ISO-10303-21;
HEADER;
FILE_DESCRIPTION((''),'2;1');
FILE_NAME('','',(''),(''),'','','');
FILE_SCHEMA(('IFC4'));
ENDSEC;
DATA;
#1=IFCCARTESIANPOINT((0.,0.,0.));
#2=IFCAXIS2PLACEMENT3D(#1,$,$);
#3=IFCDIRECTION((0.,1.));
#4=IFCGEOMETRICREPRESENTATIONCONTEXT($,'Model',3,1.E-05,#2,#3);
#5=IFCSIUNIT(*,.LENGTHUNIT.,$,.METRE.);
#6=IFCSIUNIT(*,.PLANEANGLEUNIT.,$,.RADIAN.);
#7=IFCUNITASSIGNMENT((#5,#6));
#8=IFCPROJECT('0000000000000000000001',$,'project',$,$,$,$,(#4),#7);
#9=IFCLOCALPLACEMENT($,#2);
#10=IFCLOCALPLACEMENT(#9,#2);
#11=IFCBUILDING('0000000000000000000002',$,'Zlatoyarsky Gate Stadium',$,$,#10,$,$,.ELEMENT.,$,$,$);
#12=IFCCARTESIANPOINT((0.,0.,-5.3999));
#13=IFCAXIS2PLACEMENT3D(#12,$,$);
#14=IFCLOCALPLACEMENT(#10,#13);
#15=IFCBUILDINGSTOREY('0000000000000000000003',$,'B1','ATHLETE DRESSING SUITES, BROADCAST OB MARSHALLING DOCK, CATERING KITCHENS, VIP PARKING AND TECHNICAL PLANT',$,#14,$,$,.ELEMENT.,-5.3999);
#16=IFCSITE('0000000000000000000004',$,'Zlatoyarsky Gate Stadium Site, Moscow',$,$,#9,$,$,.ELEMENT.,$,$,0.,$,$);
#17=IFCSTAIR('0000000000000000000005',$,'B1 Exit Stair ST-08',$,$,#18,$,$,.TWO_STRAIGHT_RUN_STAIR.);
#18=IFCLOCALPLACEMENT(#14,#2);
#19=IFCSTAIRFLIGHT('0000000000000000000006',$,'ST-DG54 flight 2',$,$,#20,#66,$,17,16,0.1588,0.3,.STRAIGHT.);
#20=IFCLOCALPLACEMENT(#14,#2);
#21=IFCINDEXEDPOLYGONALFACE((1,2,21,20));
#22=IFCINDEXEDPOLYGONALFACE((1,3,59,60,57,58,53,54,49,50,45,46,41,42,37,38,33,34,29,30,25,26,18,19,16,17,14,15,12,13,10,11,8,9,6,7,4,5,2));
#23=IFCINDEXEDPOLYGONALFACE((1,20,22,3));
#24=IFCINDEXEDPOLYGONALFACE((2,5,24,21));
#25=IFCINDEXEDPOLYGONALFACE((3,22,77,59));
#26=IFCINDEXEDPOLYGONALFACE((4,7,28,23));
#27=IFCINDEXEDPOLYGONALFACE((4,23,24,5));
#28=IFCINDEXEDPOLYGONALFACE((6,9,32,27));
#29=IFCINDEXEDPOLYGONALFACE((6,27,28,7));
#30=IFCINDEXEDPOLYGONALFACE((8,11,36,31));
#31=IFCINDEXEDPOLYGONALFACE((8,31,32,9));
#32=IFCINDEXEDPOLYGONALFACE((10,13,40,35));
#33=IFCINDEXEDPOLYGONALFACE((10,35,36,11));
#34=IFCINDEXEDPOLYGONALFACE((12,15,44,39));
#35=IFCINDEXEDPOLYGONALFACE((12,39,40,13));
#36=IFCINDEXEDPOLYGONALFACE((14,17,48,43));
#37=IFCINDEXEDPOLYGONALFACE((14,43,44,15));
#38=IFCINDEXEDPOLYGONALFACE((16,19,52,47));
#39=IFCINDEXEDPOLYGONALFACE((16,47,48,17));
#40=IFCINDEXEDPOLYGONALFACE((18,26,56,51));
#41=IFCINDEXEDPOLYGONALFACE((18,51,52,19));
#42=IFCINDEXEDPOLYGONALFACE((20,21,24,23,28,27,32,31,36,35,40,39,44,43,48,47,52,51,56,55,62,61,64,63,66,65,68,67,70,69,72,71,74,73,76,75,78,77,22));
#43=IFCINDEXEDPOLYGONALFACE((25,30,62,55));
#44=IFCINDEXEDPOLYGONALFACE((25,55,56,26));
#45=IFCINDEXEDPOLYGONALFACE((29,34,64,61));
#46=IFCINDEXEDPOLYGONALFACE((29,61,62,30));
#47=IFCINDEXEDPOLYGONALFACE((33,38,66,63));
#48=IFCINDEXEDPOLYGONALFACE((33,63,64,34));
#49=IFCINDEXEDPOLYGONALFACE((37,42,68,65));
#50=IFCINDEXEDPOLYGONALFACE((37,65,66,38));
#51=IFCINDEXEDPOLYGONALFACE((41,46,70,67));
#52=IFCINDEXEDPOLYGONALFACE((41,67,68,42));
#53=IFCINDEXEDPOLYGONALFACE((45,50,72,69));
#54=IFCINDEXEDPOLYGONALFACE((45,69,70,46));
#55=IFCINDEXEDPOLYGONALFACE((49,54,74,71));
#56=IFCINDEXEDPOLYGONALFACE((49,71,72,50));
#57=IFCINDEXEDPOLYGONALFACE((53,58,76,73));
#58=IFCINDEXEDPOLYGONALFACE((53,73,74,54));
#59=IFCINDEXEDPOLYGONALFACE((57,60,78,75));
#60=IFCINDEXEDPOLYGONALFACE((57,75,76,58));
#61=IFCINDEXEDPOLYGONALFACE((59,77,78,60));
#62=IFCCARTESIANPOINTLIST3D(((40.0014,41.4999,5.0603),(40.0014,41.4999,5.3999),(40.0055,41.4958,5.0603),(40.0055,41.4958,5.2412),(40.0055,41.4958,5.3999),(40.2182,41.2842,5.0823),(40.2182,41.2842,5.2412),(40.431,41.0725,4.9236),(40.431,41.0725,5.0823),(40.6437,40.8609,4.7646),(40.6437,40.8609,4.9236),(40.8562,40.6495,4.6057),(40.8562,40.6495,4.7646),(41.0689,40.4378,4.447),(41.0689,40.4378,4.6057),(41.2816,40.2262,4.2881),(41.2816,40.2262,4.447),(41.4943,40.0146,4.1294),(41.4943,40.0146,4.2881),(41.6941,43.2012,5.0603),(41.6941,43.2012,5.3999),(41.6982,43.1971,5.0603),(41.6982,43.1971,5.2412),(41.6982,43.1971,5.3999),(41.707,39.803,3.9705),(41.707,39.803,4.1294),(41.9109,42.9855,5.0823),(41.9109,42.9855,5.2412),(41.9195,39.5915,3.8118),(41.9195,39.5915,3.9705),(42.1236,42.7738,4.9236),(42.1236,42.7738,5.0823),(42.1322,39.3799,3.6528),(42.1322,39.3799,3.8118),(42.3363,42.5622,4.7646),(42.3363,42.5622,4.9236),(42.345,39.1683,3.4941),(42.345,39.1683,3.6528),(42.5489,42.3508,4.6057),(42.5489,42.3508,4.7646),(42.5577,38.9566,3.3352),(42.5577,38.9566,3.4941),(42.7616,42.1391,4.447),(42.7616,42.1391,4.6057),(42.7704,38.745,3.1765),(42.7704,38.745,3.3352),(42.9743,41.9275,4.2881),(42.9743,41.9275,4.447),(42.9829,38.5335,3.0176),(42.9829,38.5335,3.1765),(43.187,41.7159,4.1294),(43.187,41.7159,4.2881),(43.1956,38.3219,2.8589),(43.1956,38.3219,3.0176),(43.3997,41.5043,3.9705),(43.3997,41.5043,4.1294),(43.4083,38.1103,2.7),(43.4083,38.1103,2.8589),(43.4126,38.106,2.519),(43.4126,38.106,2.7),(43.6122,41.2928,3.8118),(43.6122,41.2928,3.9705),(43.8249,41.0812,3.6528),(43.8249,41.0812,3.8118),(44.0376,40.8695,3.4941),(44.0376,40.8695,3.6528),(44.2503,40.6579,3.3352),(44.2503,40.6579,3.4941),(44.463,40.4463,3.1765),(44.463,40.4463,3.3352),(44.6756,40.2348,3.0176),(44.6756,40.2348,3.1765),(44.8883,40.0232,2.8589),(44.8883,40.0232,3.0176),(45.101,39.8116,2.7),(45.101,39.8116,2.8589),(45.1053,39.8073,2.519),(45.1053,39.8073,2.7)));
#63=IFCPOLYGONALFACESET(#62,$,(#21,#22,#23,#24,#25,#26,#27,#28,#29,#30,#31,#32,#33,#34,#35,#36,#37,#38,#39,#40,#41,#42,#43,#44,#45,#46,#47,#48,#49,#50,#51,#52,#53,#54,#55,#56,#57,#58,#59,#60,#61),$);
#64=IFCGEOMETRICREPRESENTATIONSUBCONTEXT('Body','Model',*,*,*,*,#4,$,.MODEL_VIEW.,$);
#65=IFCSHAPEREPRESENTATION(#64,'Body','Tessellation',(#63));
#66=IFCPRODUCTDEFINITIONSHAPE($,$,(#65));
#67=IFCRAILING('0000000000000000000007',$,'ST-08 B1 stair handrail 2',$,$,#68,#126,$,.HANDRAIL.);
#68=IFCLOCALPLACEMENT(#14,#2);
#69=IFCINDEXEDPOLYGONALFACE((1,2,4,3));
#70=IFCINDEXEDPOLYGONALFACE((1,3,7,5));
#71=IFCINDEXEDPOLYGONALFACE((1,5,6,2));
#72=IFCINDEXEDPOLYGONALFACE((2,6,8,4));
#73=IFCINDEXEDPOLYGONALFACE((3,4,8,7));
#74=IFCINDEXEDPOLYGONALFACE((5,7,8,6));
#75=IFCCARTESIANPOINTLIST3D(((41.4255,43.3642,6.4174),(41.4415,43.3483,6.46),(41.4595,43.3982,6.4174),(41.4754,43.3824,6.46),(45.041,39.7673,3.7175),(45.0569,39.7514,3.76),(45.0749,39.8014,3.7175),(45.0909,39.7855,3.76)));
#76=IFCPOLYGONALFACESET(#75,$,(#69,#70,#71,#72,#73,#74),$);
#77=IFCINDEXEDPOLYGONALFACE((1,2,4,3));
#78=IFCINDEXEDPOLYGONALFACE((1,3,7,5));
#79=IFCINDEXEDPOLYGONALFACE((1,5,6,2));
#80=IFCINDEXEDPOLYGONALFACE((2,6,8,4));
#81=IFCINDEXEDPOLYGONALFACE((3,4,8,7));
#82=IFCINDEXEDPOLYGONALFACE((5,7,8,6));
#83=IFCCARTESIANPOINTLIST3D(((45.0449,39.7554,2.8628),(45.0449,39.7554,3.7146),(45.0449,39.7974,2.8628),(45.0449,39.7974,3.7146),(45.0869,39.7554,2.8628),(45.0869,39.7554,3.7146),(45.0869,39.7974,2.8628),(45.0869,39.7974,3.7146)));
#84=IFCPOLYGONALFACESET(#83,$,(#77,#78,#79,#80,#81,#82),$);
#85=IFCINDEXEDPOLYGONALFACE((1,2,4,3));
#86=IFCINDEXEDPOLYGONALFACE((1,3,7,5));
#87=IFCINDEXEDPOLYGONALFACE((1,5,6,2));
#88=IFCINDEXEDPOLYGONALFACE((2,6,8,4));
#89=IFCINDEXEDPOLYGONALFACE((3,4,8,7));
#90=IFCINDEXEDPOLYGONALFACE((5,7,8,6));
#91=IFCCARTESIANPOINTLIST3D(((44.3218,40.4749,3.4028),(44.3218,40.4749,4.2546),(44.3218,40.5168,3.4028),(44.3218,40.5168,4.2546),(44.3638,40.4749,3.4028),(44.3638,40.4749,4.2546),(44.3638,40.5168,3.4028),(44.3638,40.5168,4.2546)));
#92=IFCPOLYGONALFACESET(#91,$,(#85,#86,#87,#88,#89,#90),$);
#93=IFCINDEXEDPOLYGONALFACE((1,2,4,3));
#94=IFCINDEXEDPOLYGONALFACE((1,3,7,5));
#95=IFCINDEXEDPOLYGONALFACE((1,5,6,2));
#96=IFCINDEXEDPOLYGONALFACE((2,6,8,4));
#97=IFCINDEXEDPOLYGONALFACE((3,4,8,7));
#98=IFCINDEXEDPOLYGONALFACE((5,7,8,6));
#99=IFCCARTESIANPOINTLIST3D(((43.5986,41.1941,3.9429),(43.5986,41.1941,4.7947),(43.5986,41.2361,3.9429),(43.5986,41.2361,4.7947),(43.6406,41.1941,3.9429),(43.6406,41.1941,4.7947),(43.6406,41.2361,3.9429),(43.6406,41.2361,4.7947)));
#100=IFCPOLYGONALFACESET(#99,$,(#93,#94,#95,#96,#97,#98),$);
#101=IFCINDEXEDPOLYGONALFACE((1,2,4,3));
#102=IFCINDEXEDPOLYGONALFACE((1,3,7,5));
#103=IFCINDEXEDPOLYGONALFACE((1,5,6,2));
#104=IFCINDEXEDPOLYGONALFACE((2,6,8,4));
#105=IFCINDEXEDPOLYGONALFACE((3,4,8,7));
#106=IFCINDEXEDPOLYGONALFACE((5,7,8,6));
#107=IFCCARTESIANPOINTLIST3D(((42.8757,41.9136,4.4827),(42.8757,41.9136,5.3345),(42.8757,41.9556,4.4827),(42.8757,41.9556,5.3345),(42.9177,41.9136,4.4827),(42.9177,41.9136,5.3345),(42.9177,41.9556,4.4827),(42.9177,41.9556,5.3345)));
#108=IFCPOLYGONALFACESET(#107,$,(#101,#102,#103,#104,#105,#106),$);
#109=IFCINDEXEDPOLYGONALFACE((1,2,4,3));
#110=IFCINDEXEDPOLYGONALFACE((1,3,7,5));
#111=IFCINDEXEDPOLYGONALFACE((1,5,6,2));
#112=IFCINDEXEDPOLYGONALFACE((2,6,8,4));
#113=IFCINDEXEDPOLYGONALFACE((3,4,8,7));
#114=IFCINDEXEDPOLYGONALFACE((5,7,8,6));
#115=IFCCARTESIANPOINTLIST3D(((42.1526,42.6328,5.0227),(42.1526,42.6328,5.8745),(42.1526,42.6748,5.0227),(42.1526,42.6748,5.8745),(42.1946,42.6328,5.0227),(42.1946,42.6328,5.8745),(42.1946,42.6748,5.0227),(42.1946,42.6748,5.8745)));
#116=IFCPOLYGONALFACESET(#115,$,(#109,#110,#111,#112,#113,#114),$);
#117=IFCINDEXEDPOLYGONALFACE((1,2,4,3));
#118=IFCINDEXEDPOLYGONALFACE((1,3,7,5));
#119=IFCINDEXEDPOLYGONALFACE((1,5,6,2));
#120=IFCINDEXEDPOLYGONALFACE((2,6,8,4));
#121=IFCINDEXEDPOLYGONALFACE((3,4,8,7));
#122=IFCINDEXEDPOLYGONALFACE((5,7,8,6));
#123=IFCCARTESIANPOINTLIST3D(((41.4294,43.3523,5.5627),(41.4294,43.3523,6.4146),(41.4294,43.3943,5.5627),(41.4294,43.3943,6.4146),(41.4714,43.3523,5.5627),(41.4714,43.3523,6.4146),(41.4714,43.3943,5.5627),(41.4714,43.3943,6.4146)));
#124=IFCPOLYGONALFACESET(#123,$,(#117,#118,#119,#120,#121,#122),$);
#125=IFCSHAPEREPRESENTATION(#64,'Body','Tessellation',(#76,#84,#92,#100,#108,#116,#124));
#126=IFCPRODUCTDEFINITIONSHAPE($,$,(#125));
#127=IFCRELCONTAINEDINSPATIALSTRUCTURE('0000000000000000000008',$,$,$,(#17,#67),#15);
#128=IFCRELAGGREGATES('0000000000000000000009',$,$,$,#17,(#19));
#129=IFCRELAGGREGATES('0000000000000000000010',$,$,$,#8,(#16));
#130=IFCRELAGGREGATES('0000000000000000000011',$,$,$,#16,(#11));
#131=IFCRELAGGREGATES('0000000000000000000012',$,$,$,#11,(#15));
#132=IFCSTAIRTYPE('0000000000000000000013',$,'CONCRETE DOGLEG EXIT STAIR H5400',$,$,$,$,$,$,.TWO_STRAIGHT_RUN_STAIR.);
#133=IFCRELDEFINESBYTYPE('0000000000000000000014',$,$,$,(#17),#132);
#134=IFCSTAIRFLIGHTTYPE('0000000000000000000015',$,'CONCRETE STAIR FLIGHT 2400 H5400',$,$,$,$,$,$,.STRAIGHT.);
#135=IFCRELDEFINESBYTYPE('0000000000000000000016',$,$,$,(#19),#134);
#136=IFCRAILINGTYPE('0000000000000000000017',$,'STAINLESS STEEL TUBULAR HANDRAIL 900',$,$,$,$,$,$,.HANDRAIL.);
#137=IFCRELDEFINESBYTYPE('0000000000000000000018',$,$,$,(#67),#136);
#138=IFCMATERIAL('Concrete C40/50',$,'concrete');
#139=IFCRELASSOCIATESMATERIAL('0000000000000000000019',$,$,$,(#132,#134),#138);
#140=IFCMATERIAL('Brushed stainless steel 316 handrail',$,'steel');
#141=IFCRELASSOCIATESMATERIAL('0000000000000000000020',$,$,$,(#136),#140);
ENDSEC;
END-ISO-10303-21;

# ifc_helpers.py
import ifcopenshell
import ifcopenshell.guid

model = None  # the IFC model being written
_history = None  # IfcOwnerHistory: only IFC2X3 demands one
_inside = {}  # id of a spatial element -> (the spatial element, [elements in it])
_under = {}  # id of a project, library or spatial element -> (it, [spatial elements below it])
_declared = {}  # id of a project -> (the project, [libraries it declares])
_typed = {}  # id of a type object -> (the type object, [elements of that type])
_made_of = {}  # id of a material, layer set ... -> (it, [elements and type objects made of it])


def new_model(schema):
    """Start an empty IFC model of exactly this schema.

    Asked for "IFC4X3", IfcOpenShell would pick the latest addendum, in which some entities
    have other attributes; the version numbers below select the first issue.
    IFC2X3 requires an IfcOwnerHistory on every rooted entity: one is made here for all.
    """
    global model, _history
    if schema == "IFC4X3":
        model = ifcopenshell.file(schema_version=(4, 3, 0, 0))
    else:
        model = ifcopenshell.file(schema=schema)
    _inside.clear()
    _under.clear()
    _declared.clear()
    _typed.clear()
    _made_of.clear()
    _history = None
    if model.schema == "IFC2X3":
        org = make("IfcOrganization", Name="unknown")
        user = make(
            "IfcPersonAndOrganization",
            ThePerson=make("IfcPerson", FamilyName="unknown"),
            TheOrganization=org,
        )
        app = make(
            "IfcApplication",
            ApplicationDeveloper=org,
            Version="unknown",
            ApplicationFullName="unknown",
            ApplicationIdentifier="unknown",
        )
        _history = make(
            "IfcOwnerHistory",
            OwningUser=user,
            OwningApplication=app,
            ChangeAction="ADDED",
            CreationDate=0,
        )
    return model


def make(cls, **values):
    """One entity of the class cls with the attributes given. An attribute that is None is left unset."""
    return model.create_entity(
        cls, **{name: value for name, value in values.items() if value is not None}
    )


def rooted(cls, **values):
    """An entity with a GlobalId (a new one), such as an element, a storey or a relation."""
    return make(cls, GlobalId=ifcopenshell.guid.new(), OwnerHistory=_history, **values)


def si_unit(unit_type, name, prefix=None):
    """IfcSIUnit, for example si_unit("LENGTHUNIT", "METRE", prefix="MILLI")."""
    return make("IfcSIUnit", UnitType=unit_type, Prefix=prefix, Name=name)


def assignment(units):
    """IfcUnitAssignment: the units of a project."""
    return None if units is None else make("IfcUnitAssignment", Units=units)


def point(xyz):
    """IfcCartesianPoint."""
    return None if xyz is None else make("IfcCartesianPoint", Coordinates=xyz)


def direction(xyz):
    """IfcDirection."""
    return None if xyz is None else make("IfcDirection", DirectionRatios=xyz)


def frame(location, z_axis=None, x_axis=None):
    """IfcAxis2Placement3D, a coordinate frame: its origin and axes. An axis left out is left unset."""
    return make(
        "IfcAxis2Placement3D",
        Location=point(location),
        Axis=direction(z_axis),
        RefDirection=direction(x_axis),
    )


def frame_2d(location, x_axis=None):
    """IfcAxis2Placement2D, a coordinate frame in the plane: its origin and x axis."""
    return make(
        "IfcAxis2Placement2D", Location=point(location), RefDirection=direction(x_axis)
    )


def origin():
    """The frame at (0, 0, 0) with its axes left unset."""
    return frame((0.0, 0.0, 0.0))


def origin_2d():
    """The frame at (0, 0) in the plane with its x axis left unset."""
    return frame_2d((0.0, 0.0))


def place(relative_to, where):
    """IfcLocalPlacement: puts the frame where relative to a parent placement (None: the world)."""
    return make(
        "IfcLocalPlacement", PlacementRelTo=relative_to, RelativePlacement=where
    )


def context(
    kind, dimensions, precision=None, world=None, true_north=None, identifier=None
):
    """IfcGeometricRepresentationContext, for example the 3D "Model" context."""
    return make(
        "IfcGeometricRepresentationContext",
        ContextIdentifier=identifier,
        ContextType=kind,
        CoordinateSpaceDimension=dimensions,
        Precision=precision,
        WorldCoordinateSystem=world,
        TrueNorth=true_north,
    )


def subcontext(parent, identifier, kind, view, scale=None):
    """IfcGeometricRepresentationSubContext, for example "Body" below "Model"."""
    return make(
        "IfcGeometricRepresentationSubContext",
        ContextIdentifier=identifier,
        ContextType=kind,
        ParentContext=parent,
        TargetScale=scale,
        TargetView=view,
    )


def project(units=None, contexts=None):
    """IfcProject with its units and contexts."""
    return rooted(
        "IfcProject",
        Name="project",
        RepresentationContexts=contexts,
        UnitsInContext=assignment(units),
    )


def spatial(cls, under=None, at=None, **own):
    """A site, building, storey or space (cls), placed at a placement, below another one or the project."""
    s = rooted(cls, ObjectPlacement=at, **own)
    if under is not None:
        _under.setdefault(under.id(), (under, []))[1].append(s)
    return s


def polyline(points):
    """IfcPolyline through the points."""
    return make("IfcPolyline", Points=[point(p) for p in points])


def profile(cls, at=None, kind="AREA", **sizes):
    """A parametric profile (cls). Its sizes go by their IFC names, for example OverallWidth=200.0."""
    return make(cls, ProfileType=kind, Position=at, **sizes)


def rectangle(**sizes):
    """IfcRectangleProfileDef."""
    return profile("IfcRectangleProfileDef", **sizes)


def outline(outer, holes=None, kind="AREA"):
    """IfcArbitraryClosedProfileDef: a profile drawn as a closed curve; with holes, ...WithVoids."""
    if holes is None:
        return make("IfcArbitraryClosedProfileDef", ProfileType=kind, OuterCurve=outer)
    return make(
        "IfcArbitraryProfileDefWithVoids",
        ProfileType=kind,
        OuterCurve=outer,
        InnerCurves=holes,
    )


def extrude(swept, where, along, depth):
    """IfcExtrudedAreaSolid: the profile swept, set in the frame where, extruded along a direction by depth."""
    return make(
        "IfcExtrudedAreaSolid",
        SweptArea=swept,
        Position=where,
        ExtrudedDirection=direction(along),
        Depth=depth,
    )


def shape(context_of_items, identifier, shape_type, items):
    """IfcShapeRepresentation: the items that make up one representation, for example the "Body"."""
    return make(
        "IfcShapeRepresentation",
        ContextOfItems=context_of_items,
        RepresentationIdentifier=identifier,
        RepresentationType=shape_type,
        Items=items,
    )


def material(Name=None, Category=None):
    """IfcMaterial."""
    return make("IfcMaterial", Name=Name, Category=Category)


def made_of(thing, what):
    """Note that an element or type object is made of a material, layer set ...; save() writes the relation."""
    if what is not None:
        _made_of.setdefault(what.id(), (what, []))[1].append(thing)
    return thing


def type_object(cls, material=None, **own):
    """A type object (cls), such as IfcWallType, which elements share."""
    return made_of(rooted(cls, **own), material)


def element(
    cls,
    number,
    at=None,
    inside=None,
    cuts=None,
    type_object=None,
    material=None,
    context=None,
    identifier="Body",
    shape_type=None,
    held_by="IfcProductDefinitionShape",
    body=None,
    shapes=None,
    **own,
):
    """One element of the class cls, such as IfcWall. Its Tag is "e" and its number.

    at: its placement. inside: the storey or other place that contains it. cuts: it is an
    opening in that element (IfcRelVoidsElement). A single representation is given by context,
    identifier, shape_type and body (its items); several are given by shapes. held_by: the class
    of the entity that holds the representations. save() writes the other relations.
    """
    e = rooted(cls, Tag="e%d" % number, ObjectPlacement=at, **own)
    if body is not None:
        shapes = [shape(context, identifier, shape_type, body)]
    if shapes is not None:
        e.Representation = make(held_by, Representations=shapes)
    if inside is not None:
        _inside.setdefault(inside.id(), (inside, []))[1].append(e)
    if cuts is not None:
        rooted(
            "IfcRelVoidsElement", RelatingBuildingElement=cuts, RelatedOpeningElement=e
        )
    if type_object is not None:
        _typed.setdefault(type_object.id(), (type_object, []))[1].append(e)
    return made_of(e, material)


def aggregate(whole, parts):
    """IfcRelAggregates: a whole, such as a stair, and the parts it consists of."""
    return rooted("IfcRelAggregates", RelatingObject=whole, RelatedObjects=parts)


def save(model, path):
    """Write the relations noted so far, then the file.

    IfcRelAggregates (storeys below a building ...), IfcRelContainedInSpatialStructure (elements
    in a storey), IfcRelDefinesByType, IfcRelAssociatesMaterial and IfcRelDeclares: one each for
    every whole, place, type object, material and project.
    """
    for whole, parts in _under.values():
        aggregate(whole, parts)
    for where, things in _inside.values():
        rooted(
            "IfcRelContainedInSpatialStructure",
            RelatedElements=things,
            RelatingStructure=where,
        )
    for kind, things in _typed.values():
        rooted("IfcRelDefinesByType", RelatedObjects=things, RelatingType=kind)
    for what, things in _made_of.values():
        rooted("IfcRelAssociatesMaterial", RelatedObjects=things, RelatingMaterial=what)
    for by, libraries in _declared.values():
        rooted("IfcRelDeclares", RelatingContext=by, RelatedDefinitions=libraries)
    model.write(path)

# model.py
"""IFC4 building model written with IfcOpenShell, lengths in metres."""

from ifc_helpers import new_model, si_unit, direction, frame, origin, origin_2d, place, context, subcontext, project, spatial, polyline, rectangle, outline, extrude, material, type_object, element, aggregate, save


model = new_model("IFC4")

# Units and contexts
model_context = context("Model", 3, precision=1e-05, world=origin(), true_north=direction((0.0, 1.0)))
body_context = subcontext(model_context, "Body", "Model", "MODEL_VIEW")
ifc_project = project(units=[si_unit("LENGTHUNIT", "METRE"), si_unit("PLANEANGLEUNIT", "RADIAN")], contexts=[model_context])

# Site, building, storey
site_placement = place(None, origin())
site = spatial("IfcSite", under=ifc_project, at=site_placement, Name="Zlatoyarsky Gate Stadium Site, Moscow", CompositionType="ELEMENT", RefElevation=0.0)
building_placement = place(site_placement, origin())
building = spatial("IfcBuilding", under=site, at=building_placement, Name="Zlatoyarsky Gate Stadium", CompositionType="ELEMENT")
storey_placement = place(building_placement, frame((0.0, 0.0, -5.3999)))
storey = spatial("IfcBuildingStorey", under=building, at=storey_placement, Name="B1", Description="ATHLETE DRESSING SUITES, BROADCAST OB MARSHALLING DOCK, CATERING KITCHENS, VIP PARKING AND TECHNICAL PLANT", CompositionType="ELEMENT", Elevation=-5.3999)

# Shared definitions
ifc_material_1 = material(Name="Concrete C40/50", Category="concrete")

# Stair, stair flight
stair_type = type_object("IfcStairType", Name="CONCRETE DOGLEG EXIT STAIR H5400", PredefinedType="TWO_STRAIGHT_RUN_STAIR", material=ifc_material_1)
stair_placement = place(storey_placement, origin())
stair = element("IfcStair", 1, at=stair_placement, inside=storey, type_object=stair_type, Name="B1 Exit Stair ST-08", PredefinedType="TWO_STRAIGHT_RUN_STAIR")
stair_flight_type = type_object("IfcStairFlightType", Name="CONCRETE STAIR FLIGHT 2400 H5400", PredefinedType="STRAIGHT", material=ifc_material_1)
stair_flight_placement = place(storey_placement, frame((44.2546, 38.9609, 2.7), z_axis=(0.0, 0.0, 1.0), x_axis=(-0.708901, 0.705308, 0.0)))
stair_flight = element("IfcStairFlight", 2, at=stair_flight_placement, type_object=stair_flight_type, Name="ST-DG54 flight 2", NumberOfRisers=17, NumberOfTreads=16, PredefinedType="STRAIGHT", RiserHeight=0.1588, TreadLength=0.3, context=body_context, shape_type="SweptSolid", body=[
    extrude(outline(polyline([(-0.0061, -0.1809), (-0.0061, 0.0), (0.0, 0.0), (0.0, 0.1589), (0.3, 0.1589), (0.3, 0.3176), (0.6001, 0.3176), (0.6001, 0.4766), (0.8999, 0.4766), (0.8999, 0.6353), (1.2, 0.6353), (1.2, 0.7942), (1.5, 0.7942), (1.5, 0.9529), (1.8, 0.9529), (1.8, 1.1118), (2.1001, 1.1118), (2.1001, 1.2705), (2.3999, 1.2705), (2.3999, 1.4294), (2.7, 1.4294), (2.7, 1.5881), (3.0, 1.5881), (3.0, 1.7471), (3.3, 1.7471), (3.3, 1.9058), (3.6001, 1.9058), (3.6001, 2.0647), (3.8999, 2.0647), (3.8999, 2.2236), (4.2, 2.2236), (4.2, 2.3823), (4.5, 2.3823), (4.5, 2.5413), (4.8, 2.5413), (4.8, 2.7), (4.8059, 2.7), (4.8059, 2.3604), (4.8, 2.3604), (-0.0061, -0.1809)])), frame((0.0, 1.2, 0.0), z_axis=(0.0, -1.0, 0.0), x_axis=(1.0, 0.0, 0.0)), (0.0, 0.0, 1.0), 2.3999),
])
aggregate(stair, [stair_flight])

# Railing
ifc_material_2 = material(Name="Brushed stainless steel 316 handrail", Category="steel")
railing_type = type_object("IfcRailingType", Name="STAINLESS STEEL TUBULAR HANDRAIL 900", PredefinedType="HANDRAIL", material=ifc_material_2)
railing_placement = place(storey_placement, frame((45.0659, 39.7764, 2.8628)))
element("IfcRailing", 3, at=railing_placement, inside=storey, type_object=railing_type, Name="ST-08 B1 stair handrail 2", PredefinedType="HANDRAIL", context=body_context, shape_type="SweptSolid", body=[
    extrude(rectangle(XDim=0.0481, YDim=0.0481, at=origin_2d()), frame((0.0, 0.0, 0.876), z_axis=(-0.626539, 0.623324, 0.467884), x_axis=(-0.705285, -0.708924, 0.0)), (0.0, 0.0, 1.0), 5.7705),
    extrude(rectangle(XDim=0.042, YDim=0.042, at=origin_2d()), origin(), (0.0, 0.0, 1.0), 0.8518),
    extrude(rectangle(XDim=0.042, YDim=0.042, at=origin_2d()), frame((-0.7231, 0.7195, 0.54)), (0.0, 0.0, 1.0), 0.8518),
    extrude(rectangle(XDim=0.042, YDim=0.042, at=origin_2d()), frame((-1.4463, 1.4387, 1.0801)), (0.0, 0.0, 1.0), 0.8518),
    extrude(rectangle(XDim=0.042, YDim=0.042, at=origin_2d()), frame((-2.1692, 2.1582, 1.6199)), (0.0, 0.0, 1.0), 0.8518),
    extrude(rectangle(XDim=0.042, YDim=0.042, at=origin_2d()), frame((-2.8923, 2.8774, 2.1599)), (0.0, 0.0, 1.0), 0.8518),
    extrude(rectangle(XDim=0.042, YDim=0.042, at=origin_2d()), frame((-3.6155, 3.5969, 2.7)), (0.0, 0.0, 1.0), 0.8518),
])

save(model, "model.ifc")
